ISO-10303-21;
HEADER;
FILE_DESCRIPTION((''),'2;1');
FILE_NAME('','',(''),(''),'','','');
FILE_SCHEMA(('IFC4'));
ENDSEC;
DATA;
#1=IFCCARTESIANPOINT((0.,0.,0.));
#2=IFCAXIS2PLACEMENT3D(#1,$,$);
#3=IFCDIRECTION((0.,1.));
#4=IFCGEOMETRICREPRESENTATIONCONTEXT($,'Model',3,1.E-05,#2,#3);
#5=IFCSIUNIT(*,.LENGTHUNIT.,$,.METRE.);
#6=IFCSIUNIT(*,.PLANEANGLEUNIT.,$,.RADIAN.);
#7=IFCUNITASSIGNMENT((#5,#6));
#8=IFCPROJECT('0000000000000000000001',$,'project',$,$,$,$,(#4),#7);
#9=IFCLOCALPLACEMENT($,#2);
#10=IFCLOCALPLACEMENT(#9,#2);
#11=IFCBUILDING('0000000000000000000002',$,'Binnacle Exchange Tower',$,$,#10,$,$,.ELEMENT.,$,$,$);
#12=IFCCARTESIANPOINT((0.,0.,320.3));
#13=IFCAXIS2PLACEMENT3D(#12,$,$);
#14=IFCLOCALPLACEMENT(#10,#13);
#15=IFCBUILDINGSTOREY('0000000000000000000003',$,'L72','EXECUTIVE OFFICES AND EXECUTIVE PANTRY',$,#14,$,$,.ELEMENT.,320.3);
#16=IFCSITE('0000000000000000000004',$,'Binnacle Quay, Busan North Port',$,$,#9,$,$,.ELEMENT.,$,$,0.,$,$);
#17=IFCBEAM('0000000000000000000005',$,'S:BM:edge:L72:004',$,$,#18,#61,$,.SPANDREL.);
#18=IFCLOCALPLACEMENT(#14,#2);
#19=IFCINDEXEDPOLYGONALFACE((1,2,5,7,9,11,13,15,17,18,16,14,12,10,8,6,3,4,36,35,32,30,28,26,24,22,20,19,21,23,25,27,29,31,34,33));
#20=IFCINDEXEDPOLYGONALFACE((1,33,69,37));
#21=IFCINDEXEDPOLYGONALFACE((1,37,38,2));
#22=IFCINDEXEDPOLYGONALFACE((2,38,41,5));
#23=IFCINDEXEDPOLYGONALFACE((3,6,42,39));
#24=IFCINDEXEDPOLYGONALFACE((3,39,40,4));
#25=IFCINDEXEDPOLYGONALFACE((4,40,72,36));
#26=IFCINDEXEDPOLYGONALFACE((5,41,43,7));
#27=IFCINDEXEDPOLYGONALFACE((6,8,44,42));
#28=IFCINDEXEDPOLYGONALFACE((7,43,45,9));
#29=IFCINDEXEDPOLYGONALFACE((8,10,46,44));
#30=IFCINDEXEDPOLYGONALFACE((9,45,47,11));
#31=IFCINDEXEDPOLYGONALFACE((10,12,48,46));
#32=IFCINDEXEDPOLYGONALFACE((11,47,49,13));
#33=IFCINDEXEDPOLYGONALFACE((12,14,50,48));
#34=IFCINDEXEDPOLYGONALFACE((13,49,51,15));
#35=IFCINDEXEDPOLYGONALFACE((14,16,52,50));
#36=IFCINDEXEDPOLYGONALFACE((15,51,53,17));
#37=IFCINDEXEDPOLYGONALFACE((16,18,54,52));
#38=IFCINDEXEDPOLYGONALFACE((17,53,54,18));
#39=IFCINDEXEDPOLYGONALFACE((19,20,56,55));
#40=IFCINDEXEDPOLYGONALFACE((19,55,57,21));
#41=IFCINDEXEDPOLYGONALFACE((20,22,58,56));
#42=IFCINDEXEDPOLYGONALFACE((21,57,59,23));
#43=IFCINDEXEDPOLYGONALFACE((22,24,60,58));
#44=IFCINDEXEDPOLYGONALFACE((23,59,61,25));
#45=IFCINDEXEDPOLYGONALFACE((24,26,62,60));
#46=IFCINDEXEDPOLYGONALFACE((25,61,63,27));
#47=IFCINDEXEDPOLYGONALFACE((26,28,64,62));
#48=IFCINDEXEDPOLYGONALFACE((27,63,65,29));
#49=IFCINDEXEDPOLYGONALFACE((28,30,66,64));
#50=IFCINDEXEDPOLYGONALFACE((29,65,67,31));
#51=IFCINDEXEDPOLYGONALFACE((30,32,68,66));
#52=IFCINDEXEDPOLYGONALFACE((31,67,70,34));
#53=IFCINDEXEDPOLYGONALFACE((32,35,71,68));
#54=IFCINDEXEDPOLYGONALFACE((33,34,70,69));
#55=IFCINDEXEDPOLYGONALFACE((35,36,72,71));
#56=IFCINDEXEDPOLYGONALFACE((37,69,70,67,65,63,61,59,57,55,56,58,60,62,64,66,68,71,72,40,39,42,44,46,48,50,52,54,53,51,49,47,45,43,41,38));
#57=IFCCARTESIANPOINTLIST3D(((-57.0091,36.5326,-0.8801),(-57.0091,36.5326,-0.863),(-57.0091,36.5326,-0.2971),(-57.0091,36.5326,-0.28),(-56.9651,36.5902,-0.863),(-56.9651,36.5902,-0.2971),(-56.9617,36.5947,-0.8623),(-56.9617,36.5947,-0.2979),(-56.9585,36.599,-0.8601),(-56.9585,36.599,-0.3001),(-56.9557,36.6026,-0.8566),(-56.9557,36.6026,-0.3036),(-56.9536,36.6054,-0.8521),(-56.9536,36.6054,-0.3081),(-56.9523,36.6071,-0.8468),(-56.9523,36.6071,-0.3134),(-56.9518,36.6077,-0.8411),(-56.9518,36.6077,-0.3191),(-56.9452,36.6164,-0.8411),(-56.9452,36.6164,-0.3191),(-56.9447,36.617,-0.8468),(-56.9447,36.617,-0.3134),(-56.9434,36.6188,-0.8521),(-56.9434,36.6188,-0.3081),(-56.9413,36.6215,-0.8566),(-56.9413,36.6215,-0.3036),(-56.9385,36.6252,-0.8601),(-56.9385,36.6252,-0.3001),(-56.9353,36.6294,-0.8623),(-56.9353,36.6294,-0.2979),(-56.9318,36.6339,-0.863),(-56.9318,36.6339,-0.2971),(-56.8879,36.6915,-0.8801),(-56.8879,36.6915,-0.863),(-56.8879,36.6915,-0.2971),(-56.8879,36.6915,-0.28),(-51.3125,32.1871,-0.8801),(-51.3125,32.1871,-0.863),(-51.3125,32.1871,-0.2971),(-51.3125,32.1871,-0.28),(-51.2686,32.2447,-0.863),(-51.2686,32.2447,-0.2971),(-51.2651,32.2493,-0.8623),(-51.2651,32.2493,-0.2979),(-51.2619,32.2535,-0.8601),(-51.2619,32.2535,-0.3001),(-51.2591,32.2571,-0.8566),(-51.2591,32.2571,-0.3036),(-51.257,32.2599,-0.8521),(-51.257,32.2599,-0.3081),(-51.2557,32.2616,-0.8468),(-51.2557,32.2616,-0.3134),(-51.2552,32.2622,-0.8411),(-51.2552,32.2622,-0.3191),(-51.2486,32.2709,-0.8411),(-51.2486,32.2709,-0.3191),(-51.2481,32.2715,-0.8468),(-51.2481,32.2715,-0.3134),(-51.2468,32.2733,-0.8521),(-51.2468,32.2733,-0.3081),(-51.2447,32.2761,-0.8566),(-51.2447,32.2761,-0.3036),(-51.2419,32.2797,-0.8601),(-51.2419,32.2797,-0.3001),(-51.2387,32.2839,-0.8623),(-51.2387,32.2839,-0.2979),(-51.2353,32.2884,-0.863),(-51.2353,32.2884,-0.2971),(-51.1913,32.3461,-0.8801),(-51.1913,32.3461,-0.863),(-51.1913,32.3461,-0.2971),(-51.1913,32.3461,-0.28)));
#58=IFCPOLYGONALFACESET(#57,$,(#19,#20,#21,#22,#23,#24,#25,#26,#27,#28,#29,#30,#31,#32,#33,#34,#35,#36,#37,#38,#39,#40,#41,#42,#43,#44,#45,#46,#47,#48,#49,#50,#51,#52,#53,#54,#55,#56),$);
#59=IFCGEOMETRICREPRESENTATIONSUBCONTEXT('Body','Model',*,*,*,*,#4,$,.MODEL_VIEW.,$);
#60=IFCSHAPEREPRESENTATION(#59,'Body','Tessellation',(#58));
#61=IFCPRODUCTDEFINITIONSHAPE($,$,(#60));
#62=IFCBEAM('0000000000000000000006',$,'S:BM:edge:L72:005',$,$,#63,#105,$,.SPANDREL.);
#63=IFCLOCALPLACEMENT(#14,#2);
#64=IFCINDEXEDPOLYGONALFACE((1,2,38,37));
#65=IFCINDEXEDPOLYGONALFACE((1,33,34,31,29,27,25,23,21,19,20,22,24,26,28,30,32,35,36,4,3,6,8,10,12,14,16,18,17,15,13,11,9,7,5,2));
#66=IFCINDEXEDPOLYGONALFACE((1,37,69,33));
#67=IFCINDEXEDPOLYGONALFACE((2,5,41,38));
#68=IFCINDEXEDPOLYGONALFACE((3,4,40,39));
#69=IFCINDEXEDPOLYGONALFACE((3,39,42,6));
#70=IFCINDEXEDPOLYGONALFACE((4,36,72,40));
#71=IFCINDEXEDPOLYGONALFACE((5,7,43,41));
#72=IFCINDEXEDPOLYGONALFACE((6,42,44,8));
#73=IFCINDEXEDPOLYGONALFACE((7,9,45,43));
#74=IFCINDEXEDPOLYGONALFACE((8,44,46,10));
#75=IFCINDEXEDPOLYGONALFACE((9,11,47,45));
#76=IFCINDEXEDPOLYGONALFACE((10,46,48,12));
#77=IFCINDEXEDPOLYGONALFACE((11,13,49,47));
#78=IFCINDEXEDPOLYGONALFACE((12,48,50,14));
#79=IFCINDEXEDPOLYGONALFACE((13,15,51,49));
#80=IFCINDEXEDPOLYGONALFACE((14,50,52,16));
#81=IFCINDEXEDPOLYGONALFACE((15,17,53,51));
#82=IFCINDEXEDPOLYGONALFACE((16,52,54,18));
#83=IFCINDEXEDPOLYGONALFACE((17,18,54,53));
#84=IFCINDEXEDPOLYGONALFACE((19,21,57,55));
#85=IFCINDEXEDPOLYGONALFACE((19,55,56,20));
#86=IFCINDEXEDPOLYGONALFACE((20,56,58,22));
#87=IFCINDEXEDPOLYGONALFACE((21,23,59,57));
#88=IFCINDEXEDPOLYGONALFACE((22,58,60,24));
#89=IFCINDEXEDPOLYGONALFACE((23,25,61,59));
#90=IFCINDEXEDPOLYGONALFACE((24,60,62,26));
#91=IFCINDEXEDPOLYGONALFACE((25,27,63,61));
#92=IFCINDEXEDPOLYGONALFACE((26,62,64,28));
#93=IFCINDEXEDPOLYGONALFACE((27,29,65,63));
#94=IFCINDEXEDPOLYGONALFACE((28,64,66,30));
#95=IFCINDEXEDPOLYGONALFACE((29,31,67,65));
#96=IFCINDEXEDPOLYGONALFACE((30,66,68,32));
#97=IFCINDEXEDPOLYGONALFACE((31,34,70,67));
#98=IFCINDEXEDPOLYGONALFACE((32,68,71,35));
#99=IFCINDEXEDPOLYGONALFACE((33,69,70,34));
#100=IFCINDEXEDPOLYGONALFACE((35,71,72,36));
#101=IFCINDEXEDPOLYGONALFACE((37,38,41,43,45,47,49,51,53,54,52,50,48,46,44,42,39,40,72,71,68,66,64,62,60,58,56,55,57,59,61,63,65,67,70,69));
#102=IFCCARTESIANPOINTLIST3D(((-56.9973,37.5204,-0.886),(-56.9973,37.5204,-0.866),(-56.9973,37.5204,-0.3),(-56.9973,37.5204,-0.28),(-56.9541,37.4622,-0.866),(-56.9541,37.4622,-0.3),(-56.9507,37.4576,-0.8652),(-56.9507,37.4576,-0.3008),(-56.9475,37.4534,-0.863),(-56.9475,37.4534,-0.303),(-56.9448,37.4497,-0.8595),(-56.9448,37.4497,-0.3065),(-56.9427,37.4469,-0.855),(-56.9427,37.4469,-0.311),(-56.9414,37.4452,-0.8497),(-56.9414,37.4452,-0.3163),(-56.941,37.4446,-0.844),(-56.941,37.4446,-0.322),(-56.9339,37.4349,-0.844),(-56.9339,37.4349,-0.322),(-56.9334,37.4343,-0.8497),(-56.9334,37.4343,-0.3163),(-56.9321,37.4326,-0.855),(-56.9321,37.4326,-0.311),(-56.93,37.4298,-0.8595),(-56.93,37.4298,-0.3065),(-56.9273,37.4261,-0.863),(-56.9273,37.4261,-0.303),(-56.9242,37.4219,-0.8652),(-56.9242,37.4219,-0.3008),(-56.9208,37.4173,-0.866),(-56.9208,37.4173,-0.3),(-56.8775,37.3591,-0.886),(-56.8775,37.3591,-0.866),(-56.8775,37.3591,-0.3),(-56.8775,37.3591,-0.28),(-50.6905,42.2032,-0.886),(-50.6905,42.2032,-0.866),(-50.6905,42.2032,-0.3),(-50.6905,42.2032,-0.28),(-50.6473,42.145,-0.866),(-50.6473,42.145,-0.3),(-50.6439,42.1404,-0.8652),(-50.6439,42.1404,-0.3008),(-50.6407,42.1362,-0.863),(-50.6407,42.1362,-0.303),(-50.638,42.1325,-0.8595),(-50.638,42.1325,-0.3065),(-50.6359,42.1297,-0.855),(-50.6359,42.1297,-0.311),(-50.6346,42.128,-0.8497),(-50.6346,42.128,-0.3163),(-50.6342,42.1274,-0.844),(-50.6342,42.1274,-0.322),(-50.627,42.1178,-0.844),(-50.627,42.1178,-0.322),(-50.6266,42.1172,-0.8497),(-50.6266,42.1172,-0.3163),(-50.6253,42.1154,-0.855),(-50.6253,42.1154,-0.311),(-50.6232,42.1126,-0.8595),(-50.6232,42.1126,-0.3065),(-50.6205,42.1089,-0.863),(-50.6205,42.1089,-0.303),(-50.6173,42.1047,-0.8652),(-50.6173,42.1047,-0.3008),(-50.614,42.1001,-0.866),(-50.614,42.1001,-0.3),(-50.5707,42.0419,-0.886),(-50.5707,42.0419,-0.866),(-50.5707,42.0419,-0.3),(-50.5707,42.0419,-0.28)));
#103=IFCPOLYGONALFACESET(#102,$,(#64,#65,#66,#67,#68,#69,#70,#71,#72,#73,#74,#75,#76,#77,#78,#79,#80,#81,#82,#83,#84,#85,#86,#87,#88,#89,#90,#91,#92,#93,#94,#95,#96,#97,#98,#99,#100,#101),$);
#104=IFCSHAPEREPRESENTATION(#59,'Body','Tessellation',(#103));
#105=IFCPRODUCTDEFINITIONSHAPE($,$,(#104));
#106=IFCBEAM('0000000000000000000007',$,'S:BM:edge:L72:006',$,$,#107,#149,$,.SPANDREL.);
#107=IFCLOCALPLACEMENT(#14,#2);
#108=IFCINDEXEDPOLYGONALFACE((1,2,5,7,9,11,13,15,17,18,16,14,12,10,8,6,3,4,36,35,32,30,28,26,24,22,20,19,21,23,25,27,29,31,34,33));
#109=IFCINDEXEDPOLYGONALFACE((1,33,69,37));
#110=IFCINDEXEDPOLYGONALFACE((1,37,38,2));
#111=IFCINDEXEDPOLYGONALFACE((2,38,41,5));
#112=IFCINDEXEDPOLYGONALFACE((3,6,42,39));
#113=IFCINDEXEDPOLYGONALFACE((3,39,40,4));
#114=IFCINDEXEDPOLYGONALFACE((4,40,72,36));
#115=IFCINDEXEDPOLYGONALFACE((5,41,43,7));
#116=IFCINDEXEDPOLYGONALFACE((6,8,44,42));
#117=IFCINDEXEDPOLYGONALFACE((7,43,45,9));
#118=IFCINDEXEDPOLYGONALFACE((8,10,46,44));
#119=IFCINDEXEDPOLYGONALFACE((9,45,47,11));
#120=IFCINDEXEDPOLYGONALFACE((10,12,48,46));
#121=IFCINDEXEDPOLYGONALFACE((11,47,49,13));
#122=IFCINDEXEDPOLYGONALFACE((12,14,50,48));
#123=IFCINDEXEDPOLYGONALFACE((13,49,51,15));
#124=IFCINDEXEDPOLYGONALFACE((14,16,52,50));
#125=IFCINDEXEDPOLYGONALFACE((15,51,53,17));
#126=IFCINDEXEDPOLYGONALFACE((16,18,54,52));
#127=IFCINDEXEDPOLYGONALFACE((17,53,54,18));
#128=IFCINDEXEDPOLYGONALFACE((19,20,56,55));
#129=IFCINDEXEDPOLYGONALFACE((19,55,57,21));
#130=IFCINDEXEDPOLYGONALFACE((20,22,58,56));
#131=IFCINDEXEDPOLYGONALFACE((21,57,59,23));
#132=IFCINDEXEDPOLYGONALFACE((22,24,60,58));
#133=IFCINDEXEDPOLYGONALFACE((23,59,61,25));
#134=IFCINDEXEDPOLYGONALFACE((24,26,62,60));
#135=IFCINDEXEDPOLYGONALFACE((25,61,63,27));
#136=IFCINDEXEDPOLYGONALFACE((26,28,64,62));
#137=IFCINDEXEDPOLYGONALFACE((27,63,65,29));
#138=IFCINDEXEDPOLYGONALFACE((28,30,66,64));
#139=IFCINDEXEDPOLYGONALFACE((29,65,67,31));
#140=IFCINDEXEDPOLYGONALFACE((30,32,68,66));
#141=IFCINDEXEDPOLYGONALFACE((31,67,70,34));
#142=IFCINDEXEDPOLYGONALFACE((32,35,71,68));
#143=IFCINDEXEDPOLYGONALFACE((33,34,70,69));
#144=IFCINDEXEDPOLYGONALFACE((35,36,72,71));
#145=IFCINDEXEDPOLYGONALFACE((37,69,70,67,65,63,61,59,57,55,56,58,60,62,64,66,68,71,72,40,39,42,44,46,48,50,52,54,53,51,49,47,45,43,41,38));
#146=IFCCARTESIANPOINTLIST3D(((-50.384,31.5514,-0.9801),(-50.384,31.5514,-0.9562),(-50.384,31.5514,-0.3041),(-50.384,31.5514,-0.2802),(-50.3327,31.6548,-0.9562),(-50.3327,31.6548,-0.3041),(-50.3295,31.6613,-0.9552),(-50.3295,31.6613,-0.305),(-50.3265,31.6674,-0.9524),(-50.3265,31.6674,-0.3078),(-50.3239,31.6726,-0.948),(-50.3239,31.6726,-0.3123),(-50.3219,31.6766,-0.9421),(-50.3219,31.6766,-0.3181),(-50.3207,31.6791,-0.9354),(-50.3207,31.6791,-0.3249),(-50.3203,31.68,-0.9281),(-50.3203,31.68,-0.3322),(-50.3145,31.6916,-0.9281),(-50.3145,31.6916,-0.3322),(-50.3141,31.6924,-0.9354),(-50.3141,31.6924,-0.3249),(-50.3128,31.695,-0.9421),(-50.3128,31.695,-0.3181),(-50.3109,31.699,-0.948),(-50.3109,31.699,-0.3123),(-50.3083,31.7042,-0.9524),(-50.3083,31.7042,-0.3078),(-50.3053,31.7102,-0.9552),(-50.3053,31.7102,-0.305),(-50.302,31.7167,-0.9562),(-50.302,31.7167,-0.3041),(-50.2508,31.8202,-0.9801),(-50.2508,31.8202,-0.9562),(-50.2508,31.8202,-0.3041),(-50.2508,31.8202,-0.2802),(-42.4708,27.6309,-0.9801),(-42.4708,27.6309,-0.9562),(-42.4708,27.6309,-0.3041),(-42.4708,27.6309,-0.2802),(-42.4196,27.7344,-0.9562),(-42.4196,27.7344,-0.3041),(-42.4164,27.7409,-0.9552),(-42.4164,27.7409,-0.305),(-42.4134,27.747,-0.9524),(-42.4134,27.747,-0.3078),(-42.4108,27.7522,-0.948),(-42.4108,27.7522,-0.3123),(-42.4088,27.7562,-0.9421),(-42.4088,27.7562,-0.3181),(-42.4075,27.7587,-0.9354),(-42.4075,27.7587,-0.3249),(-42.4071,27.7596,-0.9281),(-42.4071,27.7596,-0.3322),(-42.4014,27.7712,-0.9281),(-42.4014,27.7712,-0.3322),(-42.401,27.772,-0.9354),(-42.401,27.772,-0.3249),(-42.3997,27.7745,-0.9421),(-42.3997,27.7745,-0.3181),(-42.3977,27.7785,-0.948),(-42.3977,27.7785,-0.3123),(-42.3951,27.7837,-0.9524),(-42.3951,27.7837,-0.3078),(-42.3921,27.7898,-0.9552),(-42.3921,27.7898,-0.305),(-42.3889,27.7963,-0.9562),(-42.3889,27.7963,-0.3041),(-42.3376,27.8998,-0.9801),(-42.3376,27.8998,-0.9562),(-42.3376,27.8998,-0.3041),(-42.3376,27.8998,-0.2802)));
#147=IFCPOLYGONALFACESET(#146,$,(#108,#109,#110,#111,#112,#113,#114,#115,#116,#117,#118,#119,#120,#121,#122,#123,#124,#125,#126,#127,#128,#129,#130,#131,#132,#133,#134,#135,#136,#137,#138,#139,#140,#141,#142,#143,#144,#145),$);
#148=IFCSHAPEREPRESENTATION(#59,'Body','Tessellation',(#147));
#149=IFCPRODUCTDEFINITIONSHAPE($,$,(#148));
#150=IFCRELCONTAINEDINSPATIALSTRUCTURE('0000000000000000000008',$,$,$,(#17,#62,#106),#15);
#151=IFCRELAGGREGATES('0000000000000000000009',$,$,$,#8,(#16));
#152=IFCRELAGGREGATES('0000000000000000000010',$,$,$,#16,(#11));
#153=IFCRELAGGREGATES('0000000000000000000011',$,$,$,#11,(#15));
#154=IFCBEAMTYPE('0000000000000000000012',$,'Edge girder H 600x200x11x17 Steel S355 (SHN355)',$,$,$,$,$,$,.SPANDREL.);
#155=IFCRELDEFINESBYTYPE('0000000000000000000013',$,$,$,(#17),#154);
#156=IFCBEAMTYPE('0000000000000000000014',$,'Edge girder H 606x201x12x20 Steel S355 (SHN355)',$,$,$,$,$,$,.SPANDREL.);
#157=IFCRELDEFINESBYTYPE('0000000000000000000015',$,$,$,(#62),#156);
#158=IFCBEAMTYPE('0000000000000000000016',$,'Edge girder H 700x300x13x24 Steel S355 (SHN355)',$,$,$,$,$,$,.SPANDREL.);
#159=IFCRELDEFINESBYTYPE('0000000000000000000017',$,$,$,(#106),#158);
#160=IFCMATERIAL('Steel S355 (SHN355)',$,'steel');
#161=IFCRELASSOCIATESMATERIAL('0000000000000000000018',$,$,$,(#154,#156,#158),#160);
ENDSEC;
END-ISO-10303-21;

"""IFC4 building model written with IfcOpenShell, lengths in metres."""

from ifc_helpers import new_model, si_unit, direction, frame, origin, origin_2d, place, context, subcontext, project, spatial, i_section, extrude, material, material_profile, profile_set, type_object, element, save


model = new_model("IFC4")

# Units and contexts
model_context = context("Model", 3, precision=1e-05, world=origin(), true_north=direction((0.0, 1.0)))
body_context = subcontext(model_context, "Body", "Model", "MODEL_VIEW")
ifc_project = project(units=[si_unit("LENGTHUNIT", "METRE"), si_unit("PLANEANGLEUNIT", "RADIAN")], contexts=[model_context])

# Site, building, storey
site_placement = place(None, origin())
site = spatial("IfcSite", under=ifc_project, at=site_placement, Name="Binnacle Quay, Busan North Port", CompositionType="ELEMENT", RefElevation=0.0)
building_placement = place(site_placement, origin())
building = spatial("IfcBuilding", under=site, at=building_placement, Name="Binnacle Exchange Tower", CompositionType="ELEMENT")
storey_placement = place(building_placement, frame((0.0, 0.0, 320.3)))
storey = spatial("IfcBuildingStorey", under=building, at=storey_placement, Name="L72", Description="EXECUTIVE OFFICES AND EXECUTIVE PANTRY", CompositionType="ELEMENT", Elevation=320.3)

# Beams
ifc_material_1 = material(Name="Steel S355 (SHN355)", Category="steel")
ifc_material_profile_1 = material_profile(ifc_material_1, i_section(OverallWidth=0.2, OverallDepth=0.6001, WebThickness=0.011, FlangeThickness=0.0171, FilletRadius=0.022, at=origin_2d()), Name="H 600x200x11x17")
ifc_profile_set_1 = profile_set([ifc_material_profile_1], Name="Steel S355 (SHN355)")
beam_type_1 = type_object("IfcBeamType", Name="Edge girder H 600x200x11x17 Steel S355 (SHN355)", PredefinedType="SPANDREL", material=ifc_profile_set_1)
beam_1_placement = place(storey_placement, frame((-56.9485, 36.6121, -0.5801), z_axis=(0.795079, -0.606506, 0.0), x_axis=(0.606506, 0.795079, 0.0)))
element("IfcBeam", 1, at=beam_1_placement, inside=storey, type_object=beam_type_1, Name="S:BM:edge:L72:004", PredefinedType="SPANDREL", context=body_context, shape_type="SweptSolid", body=[
    extrude(i_section(OverallWidth=0.2, OverallDepth=0.6001, WebThickness=0.011, FlangeThickness=0.0171, FilletRadius=0.022, at=origin_2d()), origin(), (0.0, 0.0, 1.0), 7.1648),
])
ifc_material_profile_2 = material_profile(ifc_material_1, i_section(OverallWidth=0.2009, OverallDepth=0.606, WebThickness=0.012, FlangeThickness=0.02, FilletRadius=0.022, at=origin_2d()), Name="H 606x201x12x20")
ifc_profile_set_2 = profile_set([ifc_material_profile_2], Name="Steel S355 (SHN355)")
beam_type_2 = type_object("IfcBeamType", Name="Edge girder H 606x201x12x20 Steel S355 (SHN355)", PredefinedType="SPANDREL", material=ifc_profile_set_2)
beam_2_placement = place(storey_placement, frame((-50.6306, 42.1226, -0.583), z_axis=(-0.802881, -0.596139, 0.0), x_axis=(0.596139, -0.802881, 0.0)))
element("IfcBeam", 2, at=beam_2_placement, inside=storey, type_object=beam_type_2, Name="S:BM:edge:L72:005", PredefinedType="SPANDREL", context=body_context, shape_type="SweptSolid", body=[
    extrude(i_section(OverallWidth=0.2009, OverallDepth=0.606, WebThickness=0.012, FlangeThickness=0.02, FilletRadius=0.022, at=origin_2d()), origin(), (0.0, 0.0, 1.0), 7.8552),
])
ifc_material_profile_3 = material_profile(ifc_material_1, i_section(OverallWidth=0.3, OverallDepth=0.7, WebThickness=0.0129, FlangeThickness=0.0239, FilletRadius=0.0281, at=origin_2d()), Name="H 700x300x13x24")
ifc_profile_set_3 = profile_set([ifc_material_profile_3], Name="Steel S355 (SHN355)")
beam_type_3 = type_object("IfcBeamType", Name="Edge girder H 700x300x13x24 Steel S355 (SHN355)", PredefinedType="SPANDREL", material=ifc_profile_set_3)
beam_3_placement = place(storey_placement, frame((-50.3174, 31.6858, -0.6301), z_axis=(0.896058, -0.443937, 0.0), x_axis=(0.443937, 0.896058, 0.0)))
element("IfcBeam", 3, at=beam_3_placement, inside=storey, type_object=beam_type_3, Name="S:BM:edge:L72:006", PredefinedType="SPANDREL", context=body_context, shape_type="SweptSolid", body=[
    extrude(i_section(OverallWidth=0.3, OverallDepth=0.7, WebThickness=0.0129, FlangeThickness=0.0239, FilletRadius=0.0281, at=origin_2d()), origin(), (0.0, 0.0, 1.0), 8.8311),
])

save(model, "model.ifc")
